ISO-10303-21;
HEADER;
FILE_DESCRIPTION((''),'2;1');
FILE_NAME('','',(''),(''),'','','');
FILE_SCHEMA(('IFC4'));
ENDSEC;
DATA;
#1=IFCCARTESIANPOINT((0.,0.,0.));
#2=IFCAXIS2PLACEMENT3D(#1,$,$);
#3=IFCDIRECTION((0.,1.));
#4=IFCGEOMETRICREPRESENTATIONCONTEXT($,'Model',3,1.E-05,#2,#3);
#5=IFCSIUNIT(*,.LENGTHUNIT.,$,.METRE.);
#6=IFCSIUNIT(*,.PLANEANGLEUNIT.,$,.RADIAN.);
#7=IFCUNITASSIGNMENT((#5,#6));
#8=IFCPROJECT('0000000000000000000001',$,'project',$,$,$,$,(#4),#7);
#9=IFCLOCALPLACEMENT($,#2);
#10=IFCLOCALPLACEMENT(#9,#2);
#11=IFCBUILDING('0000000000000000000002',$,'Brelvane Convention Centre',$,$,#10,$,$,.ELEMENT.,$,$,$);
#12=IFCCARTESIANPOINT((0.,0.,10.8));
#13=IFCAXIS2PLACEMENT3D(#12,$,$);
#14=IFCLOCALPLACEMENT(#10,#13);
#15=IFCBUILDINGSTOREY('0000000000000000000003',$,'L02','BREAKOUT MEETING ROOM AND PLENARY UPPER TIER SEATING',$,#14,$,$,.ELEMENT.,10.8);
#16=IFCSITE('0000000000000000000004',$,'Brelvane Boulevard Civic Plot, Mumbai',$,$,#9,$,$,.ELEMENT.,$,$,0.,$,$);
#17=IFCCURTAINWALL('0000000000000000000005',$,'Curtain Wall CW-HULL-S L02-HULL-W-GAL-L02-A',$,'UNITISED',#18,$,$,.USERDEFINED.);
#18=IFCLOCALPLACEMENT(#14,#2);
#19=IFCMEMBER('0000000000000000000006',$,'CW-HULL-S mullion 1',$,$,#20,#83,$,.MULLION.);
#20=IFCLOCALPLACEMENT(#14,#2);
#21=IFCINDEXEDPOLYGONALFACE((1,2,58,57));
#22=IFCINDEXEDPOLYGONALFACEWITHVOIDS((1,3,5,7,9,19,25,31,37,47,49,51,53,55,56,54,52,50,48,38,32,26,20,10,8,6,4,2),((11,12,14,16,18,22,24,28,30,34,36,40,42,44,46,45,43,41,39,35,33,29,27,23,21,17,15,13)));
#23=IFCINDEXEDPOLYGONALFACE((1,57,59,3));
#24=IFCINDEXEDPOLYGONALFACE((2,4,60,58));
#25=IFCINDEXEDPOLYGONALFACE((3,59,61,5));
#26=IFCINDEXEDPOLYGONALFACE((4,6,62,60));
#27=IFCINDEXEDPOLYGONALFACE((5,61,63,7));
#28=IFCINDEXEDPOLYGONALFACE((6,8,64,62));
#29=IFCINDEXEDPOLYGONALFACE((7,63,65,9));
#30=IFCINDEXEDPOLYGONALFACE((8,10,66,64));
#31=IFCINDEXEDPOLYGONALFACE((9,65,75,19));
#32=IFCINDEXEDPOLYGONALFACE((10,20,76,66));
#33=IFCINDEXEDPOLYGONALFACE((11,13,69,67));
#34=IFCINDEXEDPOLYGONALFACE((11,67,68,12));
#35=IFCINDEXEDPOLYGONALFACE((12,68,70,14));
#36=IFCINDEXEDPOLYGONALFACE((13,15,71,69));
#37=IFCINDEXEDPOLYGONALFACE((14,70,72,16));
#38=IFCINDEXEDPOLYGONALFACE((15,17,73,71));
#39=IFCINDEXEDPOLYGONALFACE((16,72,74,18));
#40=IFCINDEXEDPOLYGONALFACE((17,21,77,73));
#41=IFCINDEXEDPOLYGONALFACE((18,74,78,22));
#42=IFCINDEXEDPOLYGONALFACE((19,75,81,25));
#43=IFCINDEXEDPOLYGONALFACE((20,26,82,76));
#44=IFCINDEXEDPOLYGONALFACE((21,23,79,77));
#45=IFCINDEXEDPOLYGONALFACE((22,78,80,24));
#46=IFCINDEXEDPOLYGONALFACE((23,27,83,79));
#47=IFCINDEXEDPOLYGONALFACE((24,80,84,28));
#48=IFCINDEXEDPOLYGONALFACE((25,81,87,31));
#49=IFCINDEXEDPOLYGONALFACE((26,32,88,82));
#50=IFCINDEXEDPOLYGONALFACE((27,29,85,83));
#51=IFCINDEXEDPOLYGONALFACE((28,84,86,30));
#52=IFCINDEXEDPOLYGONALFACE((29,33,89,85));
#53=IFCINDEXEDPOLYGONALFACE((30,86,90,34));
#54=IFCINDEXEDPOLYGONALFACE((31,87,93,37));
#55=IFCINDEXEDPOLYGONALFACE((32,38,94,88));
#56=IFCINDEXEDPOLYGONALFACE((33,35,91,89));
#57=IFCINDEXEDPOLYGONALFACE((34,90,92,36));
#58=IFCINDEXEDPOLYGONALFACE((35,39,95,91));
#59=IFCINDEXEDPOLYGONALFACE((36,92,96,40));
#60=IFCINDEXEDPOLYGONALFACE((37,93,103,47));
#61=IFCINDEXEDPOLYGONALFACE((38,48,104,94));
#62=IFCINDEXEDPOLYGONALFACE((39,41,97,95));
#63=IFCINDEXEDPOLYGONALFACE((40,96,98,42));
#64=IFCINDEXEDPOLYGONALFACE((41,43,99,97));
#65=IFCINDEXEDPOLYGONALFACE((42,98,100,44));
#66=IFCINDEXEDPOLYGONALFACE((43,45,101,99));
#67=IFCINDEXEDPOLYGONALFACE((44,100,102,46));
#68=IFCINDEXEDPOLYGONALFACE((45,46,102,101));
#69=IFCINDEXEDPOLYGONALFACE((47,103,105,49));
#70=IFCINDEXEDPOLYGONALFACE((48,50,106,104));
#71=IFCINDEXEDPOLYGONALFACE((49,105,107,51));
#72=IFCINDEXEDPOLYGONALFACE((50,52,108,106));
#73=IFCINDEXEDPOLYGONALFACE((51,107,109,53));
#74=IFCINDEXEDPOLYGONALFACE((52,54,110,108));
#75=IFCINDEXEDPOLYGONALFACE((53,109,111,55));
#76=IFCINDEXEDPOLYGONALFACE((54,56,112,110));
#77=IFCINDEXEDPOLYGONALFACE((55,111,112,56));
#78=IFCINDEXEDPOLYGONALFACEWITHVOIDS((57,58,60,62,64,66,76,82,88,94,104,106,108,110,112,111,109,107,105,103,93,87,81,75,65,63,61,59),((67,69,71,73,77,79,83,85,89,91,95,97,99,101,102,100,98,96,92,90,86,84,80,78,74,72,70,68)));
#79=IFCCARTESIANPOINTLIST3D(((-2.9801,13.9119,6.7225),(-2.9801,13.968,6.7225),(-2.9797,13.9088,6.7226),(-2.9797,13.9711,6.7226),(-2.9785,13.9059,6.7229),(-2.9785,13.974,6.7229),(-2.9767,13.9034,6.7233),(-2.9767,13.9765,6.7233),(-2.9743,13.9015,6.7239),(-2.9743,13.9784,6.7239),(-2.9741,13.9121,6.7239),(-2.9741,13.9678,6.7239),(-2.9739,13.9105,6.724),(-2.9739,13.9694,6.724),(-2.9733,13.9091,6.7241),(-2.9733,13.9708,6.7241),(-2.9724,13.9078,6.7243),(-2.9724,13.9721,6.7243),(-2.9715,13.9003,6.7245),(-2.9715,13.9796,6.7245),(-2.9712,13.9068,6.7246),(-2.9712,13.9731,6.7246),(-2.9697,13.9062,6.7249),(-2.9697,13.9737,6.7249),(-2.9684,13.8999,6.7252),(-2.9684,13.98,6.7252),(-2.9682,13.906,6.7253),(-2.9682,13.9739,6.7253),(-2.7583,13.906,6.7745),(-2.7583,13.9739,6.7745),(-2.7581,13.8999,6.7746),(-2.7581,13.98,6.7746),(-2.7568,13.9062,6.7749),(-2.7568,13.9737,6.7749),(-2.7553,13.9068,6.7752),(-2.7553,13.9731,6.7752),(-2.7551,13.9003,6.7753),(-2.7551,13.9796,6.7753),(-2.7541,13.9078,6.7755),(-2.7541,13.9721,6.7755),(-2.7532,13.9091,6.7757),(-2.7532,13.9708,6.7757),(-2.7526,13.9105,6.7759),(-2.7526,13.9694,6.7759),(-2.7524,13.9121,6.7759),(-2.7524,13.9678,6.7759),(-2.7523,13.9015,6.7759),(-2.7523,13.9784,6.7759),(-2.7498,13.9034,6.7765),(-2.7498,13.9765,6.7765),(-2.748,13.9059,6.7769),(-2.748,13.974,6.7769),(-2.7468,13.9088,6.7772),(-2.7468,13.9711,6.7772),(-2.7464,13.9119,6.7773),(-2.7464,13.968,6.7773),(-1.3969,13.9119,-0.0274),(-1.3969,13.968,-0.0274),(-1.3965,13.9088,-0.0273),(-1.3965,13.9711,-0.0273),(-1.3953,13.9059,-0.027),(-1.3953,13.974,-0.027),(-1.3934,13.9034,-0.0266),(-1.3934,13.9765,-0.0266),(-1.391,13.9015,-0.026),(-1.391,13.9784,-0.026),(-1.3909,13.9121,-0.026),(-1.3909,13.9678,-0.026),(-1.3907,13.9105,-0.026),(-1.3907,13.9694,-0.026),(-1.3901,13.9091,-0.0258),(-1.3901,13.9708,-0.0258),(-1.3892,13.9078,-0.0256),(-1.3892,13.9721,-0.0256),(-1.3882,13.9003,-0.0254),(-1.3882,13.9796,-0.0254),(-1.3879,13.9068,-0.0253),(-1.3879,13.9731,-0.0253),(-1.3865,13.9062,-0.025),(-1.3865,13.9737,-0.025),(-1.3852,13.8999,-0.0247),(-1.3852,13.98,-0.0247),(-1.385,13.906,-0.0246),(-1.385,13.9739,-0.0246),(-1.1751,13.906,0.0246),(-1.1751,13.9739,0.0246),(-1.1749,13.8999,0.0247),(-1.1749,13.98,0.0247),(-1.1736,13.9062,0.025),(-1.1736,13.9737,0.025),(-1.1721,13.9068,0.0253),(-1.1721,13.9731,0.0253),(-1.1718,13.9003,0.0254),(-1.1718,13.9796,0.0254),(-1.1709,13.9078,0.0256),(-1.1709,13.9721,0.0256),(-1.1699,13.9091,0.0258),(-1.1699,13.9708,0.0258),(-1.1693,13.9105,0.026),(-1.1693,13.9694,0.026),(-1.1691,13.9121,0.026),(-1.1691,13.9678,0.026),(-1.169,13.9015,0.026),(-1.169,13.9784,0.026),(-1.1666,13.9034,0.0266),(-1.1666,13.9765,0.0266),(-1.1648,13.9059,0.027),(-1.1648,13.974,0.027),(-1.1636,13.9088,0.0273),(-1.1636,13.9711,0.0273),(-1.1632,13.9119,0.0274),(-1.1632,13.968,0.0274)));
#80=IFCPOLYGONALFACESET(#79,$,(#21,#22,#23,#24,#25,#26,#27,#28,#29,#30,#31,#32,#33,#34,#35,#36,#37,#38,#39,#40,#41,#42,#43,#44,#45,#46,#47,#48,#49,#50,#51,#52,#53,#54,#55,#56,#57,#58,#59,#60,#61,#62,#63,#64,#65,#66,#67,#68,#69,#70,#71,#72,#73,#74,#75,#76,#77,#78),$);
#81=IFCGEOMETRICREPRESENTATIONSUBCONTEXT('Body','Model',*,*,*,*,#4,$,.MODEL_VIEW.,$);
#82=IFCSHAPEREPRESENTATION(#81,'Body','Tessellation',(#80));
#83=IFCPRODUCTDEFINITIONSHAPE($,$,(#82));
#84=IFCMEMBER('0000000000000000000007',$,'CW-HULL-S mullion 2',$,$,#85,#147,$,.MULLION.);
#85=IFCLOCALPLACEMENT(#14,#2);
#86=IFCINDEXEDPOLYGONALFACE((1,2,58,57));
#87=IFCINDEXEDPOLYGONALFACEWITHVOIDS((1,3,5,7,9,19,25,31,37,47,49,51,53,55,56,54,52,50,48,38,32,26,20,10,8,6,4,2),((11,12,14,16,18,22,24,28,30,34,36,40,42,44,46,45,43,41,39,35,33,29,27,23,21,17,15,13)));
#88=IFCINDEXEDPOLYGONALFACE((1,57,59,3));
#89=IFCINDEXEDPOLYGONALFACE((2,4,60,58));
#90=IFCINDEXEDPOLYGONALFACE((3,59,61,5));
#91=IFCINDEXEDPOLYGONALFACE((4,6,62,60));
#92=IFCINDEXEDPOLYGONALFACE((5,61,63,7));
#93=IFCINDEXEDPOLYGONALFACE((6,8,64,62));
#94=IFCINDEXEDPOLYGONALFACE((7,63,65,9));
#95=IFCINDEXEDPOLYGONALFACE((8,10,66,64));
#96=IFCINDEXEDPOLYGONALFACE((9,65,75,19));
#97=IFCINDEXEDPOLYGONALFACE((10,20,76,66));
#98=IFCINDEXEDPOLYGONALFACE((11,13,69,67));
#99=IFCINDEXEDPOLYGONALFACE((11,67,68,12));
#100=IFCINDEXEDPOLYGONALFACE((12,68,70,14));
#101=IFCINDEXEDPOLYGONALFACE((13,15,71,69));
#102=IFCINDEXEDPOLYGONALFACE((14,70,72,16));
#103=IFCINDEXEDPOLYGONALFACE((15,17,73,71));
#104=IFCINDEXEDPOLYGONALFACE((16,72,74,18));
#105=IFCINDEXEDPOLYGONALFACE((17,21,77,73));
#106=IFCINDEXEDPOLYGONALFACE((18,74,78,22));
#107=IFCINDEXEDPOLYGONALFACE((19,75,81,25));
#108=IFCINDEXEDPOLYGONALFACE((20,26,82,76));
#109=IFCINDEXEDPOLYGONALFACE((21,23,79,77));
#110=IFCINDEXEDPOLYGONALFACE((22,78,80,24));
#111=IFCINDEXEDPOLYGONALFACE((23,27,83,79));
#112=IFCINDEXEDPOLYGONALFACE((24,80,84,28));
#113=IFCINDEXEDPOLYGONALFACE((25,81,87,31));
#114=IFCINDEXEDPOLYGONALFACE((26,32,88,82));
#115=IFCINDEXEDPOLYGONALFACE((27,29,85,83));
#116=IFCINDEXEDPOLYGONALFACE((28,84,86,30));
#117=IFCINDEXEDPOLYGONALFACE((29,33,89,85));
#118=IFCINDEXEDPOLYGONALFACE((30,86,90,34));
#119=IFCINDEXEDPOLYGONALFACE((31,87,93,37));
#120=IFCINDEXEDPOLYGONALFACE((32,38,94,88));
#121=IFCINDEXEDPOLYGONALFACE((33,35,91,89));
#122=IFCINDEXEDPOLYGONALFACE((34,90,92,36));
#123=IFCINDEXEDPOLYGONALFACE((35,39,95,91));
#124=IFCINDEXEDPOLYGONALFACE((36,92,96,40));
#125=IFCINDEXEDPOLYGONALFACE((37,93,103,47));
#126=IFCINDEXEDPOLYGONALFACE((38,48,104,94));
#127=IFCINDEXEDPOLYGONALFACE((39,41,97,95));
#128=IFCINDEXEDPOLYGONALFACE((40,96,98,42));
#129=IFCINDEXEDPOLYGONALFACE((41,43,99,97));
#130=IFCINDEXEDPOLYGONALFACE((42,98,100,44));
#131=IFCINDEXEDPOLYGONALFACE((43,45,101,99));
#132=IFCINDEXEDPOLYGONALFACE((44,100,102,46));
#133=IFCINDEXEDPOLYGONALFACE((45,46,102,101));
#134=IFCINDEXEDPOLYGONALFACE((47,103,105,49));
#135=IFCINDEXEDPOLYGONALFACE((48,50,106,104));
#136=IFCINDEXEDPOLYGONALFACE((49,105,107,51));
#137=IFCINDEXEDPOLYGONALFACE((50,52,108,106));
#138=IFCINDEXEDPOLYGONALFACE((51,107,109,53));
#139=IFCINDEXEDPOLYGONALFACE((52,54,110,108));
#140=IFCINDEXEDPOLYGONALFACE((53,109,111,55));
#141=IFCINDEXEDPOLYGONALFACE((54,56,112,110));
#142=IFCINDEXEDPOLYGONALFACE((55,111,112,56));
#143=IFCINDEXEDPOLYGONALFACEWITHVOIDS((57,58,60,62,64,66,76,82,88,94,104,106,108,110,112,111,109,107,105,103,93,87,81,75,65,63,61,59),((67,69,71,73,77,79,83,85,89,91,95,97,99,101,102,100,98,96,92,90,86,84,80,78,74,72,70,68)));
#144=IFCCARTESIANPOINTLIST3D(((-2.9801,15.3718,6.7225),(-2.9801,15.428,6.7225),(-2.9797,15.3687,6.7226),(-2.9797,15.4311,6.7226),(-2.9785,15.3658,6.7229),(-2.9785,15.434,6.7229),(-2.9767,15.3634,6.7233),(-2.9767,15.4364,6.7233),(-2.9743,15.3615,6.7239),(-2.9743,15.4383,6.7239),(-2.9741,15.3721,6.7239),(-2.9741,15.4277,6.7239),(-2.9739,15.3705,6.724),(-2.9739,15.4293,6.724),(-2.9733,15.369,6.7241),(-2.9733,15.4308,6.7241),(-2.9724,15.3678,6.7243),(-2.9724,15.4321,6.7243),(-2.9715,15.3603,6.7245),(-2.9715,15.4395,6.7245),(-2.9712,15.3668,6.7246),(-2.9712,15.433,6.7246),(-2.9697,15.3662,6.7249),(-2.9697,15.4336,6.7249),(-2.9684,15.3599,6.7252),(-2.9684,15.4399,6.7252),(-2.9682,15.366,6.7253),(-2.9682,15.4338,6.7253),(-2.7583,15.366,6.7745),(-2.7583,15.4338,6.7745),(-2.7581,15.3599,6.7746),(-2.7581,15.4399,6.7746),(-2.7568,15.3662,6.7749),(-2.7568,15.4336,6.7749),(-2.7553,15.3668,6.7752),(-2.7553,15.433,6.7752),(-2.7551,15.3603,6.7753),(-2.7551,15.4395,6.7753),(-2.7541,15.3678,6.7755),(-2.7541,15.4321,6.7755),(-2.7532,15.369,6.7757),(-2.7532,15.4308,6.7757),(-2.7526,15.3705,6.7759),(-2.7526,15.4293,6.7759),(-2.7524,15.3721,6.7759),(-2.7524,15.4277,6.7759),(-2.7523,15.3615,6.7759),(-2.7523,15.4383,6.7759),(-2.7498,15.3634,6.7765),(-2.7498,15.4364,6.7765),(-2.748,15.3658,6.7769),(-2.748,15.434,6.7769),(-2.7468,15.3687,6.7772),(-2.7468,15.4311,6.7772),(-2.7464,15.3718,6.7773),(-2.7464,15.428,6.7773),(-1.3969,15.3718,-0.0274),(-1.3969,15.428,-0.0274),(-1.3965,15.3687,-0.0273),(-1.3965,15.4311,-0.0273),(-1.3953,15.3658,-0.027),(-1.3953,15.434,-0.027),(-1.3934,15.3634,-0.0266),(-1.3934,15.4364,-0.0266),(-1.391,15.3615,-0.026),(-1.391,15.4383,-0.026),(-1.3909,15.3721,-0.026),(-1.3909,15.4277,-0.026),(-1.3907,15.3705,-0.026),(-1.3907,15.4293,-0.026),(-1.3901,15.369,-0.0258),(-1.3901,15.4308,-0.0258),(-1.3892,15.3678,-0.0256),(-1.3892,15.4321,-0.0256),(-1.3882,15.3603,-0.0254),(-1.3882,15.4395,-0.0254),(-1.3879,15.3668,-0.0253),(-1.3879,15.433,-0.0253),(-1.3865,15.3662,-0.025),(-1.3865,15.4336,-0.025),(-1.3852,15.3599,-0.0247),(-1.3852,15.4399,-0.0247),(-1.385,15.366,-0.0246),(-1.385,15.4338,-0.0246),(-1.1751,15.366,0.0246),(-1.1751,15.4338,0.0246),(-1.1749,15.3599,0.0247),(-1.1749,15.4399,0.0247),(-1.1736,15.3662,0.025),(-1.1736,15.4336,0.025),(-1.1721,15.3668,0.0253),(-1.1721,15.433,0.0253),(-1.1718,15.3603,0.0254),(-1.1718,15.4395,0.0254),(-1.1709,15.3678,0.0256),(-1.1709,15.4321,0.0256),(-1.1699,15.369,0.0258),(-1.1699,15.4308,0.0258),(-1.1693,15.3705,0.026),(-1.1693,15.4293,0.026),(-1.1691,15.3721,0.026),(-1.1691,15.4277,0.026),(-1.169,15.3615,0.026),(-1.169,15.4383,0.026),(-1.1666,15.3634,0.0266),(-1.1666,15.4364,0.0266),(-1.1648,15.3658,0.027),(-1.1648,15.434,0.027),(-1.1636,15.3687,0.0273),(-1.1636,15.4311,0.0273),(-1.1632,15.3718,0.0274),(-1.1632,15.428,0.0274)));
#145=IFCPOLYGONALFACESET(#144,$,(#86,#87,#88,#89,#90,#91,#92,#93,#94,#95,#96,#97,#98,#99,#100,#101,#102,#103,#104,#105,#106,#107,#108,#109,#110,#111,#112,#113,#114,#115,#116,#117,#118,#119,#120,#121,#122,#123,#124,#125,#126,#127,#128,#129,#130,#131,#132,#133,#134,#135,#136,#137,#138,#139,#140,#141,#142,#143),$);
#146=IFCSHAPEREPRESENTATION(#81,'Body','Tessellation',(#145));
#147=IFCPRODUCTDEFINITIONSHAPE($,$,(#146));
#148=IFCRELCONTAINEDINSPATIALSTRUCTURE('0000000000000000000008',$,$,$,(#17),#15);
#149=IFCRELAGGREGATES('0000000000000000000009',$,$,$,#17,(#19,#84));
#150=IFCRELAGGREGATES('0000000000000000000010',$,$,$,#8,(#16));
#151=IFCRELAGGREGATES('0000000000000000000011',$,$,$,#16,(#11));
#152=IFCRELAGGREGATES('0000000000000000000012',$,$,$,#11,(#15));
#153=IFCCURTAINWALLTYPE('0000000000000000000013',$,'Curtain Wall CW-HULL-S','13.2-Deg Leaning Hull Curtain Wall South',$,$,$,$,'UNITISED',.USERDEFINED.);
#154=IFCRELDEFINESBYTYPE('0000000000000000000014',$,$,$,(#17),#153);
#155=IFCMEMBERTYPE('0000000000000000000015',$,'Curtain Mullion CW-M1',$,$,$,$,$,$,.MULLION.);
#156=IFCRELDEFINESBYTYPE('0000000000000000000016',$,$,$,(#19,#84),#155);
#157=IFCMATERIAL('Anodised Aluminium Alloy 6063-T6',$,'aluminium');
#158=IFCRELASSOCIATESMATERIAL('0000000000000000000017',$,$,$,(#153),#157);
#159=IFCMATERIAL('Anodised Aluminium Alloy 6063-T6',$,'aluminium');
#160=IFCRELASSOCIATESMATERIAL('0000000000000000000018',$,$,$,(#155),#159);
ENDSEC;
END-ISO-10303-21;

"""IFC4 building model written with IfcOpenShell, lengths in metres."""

from ifc_helpers import new_model, si_unit, direction, frame, origin, origin_2d, place, context, subcontext, project, spatial, hollow_rectangle, extrude, material, material_profile, profile_set, type_object, element, aggregate, save


model = new_model("IFC4")

# Units and contexts
model_context = context("Model", 3, precision=1e-05, world=origin(), true_north=direction((0.0, 1.0)))
body_context = subcontext(model_context, "Body", "Model", "MODEL_VIEW")
ifc_project = project(units=[si_unit("LENGTHUNIT", "METRE"), si_unit("PLANEANGLEUNIT", "RADIAN")], contexts=[model_context])

# Site, building, storey
site_placement = place(None, origin())
site = spatial("IfcSite", under=ifc_project, at=site_placement, Name="Brelvane Boulevard Civic Plot, Mumbai", CompositionType="ELEMENT", RefElevation=0.0)
building_placement = place(site_placement, origin())
building = spatial("IfcBuilding", under=site, at=building_placement, Name="Brelvane Convention Centre", CompositionType="ELEMENT")
storey_placement = place(building_placement, frame((0.0, 0.0, 10.8)))
storey = spatial("IfcBuildingStorey", under=building, at=storey_placement, Name="L02", Description="BREAKOUT MEETING ROOM AND PLENARY UPPER TIER SEATING", CompositionType="ELEMENT", Elevation=10.8)

# Curtain wall, members
ifc_material_1 = material(Name="Anodised Aluminium Alloy 6063-T6", Category="aluminium")
curtain_wall_type = type_object("IfcCurtainWallType", Name="Curtain Wall CW-HULL-S", Description="13.2-Deg Leaning Hull Curtain Wall South", ElementType="UNITISED", PredefinedType="USERDEFINED", material=ifc_material_1)
curtain_wall_1_placement = place(storey_placement, origin())
curtain_wall_1 = element("IfcCurtainWall", 1, at=curtain_wall_1_placement, inside=storey, type_object=curtain_wall_type, Name="Curtain Wall CW-HULL-S L02-HULL-W-GAL-L02-A", ObjectType="UNITISED", PredefinedType="USERDEFINED")
ifc_material_2 = material(Name="Anodised Aluminium Alloy 6063-T6", Category="aluminium")
ifc_material_profile_1 = material_profile(ifc_material_2, hollow_rectangle(XDim=0.0801, YDim=0.24, WallThickness=0.0061, InnerFilletRadius=0.0061, OuterFilletRadius=0.012, at=origin_2d()), Name="ALU-M 240x80x6.0")
ifc_profile_set_1 = profile_set([ifc_material_profile_1], Name="Anodised Aluminium Alloy 6063-T6")
member_type_1 = type_object("IfcMemberType", Name="Curtain Mullion CW-M1", PredefinedType="MULLION", material=ifc_profile_set_1)
member_1_placement = place(storey_placement, frame((-1.28, 13.9399, 0.0), z_axis=(-0.228358, 0.0, 0.973577), x_axis=(0.0, -1.0, 0.0)))
member_1 = element("IfcMember", 2, at=member_1_placement, type_object=member_type_1, Name="CW-HULL-S mullion 1", PredefinedType="MULLION", context=body_context, shape_type="SweptSolid", body=[
    extrude(hollow_rectangle(XDim=0.0801, YDim=0.24, WallThickness=0.0061, InnerFilletRadius=0.0061, OuterFilletRadius=0.012, at=origin_2d()), origin(), (0.0, 0.0, 1.0), 6.9331),
])
member_2_placement = place(storey_placement, frame((-1.28, 15.3999, 0.0), z_axis=(-0.228358, 0.0, 0.973577), x_axis=(0.0, -1.0, 0.0)))
member_2 = element("IfcMember", 3, at=member_2_placement, type_object=member_type_1, Name="CW-HULL-S mullion 2", PredefinedType="MULLION", context=body_context, shape_type="SweptSolid", body=[
    extrude(hollow_rectangle(XDim=0.0801, YDim=0.24, WallThickness=0.0061, InnerFilletRadius=0.0061, OuterFilletRadius=0.012, at=origin_2d()), origin(), (0.0, 0.0, 1.0), 6.9331),
])

aggregate(curtain_wall_1, [member_1, member_2])

save(model, "model.ifc")
